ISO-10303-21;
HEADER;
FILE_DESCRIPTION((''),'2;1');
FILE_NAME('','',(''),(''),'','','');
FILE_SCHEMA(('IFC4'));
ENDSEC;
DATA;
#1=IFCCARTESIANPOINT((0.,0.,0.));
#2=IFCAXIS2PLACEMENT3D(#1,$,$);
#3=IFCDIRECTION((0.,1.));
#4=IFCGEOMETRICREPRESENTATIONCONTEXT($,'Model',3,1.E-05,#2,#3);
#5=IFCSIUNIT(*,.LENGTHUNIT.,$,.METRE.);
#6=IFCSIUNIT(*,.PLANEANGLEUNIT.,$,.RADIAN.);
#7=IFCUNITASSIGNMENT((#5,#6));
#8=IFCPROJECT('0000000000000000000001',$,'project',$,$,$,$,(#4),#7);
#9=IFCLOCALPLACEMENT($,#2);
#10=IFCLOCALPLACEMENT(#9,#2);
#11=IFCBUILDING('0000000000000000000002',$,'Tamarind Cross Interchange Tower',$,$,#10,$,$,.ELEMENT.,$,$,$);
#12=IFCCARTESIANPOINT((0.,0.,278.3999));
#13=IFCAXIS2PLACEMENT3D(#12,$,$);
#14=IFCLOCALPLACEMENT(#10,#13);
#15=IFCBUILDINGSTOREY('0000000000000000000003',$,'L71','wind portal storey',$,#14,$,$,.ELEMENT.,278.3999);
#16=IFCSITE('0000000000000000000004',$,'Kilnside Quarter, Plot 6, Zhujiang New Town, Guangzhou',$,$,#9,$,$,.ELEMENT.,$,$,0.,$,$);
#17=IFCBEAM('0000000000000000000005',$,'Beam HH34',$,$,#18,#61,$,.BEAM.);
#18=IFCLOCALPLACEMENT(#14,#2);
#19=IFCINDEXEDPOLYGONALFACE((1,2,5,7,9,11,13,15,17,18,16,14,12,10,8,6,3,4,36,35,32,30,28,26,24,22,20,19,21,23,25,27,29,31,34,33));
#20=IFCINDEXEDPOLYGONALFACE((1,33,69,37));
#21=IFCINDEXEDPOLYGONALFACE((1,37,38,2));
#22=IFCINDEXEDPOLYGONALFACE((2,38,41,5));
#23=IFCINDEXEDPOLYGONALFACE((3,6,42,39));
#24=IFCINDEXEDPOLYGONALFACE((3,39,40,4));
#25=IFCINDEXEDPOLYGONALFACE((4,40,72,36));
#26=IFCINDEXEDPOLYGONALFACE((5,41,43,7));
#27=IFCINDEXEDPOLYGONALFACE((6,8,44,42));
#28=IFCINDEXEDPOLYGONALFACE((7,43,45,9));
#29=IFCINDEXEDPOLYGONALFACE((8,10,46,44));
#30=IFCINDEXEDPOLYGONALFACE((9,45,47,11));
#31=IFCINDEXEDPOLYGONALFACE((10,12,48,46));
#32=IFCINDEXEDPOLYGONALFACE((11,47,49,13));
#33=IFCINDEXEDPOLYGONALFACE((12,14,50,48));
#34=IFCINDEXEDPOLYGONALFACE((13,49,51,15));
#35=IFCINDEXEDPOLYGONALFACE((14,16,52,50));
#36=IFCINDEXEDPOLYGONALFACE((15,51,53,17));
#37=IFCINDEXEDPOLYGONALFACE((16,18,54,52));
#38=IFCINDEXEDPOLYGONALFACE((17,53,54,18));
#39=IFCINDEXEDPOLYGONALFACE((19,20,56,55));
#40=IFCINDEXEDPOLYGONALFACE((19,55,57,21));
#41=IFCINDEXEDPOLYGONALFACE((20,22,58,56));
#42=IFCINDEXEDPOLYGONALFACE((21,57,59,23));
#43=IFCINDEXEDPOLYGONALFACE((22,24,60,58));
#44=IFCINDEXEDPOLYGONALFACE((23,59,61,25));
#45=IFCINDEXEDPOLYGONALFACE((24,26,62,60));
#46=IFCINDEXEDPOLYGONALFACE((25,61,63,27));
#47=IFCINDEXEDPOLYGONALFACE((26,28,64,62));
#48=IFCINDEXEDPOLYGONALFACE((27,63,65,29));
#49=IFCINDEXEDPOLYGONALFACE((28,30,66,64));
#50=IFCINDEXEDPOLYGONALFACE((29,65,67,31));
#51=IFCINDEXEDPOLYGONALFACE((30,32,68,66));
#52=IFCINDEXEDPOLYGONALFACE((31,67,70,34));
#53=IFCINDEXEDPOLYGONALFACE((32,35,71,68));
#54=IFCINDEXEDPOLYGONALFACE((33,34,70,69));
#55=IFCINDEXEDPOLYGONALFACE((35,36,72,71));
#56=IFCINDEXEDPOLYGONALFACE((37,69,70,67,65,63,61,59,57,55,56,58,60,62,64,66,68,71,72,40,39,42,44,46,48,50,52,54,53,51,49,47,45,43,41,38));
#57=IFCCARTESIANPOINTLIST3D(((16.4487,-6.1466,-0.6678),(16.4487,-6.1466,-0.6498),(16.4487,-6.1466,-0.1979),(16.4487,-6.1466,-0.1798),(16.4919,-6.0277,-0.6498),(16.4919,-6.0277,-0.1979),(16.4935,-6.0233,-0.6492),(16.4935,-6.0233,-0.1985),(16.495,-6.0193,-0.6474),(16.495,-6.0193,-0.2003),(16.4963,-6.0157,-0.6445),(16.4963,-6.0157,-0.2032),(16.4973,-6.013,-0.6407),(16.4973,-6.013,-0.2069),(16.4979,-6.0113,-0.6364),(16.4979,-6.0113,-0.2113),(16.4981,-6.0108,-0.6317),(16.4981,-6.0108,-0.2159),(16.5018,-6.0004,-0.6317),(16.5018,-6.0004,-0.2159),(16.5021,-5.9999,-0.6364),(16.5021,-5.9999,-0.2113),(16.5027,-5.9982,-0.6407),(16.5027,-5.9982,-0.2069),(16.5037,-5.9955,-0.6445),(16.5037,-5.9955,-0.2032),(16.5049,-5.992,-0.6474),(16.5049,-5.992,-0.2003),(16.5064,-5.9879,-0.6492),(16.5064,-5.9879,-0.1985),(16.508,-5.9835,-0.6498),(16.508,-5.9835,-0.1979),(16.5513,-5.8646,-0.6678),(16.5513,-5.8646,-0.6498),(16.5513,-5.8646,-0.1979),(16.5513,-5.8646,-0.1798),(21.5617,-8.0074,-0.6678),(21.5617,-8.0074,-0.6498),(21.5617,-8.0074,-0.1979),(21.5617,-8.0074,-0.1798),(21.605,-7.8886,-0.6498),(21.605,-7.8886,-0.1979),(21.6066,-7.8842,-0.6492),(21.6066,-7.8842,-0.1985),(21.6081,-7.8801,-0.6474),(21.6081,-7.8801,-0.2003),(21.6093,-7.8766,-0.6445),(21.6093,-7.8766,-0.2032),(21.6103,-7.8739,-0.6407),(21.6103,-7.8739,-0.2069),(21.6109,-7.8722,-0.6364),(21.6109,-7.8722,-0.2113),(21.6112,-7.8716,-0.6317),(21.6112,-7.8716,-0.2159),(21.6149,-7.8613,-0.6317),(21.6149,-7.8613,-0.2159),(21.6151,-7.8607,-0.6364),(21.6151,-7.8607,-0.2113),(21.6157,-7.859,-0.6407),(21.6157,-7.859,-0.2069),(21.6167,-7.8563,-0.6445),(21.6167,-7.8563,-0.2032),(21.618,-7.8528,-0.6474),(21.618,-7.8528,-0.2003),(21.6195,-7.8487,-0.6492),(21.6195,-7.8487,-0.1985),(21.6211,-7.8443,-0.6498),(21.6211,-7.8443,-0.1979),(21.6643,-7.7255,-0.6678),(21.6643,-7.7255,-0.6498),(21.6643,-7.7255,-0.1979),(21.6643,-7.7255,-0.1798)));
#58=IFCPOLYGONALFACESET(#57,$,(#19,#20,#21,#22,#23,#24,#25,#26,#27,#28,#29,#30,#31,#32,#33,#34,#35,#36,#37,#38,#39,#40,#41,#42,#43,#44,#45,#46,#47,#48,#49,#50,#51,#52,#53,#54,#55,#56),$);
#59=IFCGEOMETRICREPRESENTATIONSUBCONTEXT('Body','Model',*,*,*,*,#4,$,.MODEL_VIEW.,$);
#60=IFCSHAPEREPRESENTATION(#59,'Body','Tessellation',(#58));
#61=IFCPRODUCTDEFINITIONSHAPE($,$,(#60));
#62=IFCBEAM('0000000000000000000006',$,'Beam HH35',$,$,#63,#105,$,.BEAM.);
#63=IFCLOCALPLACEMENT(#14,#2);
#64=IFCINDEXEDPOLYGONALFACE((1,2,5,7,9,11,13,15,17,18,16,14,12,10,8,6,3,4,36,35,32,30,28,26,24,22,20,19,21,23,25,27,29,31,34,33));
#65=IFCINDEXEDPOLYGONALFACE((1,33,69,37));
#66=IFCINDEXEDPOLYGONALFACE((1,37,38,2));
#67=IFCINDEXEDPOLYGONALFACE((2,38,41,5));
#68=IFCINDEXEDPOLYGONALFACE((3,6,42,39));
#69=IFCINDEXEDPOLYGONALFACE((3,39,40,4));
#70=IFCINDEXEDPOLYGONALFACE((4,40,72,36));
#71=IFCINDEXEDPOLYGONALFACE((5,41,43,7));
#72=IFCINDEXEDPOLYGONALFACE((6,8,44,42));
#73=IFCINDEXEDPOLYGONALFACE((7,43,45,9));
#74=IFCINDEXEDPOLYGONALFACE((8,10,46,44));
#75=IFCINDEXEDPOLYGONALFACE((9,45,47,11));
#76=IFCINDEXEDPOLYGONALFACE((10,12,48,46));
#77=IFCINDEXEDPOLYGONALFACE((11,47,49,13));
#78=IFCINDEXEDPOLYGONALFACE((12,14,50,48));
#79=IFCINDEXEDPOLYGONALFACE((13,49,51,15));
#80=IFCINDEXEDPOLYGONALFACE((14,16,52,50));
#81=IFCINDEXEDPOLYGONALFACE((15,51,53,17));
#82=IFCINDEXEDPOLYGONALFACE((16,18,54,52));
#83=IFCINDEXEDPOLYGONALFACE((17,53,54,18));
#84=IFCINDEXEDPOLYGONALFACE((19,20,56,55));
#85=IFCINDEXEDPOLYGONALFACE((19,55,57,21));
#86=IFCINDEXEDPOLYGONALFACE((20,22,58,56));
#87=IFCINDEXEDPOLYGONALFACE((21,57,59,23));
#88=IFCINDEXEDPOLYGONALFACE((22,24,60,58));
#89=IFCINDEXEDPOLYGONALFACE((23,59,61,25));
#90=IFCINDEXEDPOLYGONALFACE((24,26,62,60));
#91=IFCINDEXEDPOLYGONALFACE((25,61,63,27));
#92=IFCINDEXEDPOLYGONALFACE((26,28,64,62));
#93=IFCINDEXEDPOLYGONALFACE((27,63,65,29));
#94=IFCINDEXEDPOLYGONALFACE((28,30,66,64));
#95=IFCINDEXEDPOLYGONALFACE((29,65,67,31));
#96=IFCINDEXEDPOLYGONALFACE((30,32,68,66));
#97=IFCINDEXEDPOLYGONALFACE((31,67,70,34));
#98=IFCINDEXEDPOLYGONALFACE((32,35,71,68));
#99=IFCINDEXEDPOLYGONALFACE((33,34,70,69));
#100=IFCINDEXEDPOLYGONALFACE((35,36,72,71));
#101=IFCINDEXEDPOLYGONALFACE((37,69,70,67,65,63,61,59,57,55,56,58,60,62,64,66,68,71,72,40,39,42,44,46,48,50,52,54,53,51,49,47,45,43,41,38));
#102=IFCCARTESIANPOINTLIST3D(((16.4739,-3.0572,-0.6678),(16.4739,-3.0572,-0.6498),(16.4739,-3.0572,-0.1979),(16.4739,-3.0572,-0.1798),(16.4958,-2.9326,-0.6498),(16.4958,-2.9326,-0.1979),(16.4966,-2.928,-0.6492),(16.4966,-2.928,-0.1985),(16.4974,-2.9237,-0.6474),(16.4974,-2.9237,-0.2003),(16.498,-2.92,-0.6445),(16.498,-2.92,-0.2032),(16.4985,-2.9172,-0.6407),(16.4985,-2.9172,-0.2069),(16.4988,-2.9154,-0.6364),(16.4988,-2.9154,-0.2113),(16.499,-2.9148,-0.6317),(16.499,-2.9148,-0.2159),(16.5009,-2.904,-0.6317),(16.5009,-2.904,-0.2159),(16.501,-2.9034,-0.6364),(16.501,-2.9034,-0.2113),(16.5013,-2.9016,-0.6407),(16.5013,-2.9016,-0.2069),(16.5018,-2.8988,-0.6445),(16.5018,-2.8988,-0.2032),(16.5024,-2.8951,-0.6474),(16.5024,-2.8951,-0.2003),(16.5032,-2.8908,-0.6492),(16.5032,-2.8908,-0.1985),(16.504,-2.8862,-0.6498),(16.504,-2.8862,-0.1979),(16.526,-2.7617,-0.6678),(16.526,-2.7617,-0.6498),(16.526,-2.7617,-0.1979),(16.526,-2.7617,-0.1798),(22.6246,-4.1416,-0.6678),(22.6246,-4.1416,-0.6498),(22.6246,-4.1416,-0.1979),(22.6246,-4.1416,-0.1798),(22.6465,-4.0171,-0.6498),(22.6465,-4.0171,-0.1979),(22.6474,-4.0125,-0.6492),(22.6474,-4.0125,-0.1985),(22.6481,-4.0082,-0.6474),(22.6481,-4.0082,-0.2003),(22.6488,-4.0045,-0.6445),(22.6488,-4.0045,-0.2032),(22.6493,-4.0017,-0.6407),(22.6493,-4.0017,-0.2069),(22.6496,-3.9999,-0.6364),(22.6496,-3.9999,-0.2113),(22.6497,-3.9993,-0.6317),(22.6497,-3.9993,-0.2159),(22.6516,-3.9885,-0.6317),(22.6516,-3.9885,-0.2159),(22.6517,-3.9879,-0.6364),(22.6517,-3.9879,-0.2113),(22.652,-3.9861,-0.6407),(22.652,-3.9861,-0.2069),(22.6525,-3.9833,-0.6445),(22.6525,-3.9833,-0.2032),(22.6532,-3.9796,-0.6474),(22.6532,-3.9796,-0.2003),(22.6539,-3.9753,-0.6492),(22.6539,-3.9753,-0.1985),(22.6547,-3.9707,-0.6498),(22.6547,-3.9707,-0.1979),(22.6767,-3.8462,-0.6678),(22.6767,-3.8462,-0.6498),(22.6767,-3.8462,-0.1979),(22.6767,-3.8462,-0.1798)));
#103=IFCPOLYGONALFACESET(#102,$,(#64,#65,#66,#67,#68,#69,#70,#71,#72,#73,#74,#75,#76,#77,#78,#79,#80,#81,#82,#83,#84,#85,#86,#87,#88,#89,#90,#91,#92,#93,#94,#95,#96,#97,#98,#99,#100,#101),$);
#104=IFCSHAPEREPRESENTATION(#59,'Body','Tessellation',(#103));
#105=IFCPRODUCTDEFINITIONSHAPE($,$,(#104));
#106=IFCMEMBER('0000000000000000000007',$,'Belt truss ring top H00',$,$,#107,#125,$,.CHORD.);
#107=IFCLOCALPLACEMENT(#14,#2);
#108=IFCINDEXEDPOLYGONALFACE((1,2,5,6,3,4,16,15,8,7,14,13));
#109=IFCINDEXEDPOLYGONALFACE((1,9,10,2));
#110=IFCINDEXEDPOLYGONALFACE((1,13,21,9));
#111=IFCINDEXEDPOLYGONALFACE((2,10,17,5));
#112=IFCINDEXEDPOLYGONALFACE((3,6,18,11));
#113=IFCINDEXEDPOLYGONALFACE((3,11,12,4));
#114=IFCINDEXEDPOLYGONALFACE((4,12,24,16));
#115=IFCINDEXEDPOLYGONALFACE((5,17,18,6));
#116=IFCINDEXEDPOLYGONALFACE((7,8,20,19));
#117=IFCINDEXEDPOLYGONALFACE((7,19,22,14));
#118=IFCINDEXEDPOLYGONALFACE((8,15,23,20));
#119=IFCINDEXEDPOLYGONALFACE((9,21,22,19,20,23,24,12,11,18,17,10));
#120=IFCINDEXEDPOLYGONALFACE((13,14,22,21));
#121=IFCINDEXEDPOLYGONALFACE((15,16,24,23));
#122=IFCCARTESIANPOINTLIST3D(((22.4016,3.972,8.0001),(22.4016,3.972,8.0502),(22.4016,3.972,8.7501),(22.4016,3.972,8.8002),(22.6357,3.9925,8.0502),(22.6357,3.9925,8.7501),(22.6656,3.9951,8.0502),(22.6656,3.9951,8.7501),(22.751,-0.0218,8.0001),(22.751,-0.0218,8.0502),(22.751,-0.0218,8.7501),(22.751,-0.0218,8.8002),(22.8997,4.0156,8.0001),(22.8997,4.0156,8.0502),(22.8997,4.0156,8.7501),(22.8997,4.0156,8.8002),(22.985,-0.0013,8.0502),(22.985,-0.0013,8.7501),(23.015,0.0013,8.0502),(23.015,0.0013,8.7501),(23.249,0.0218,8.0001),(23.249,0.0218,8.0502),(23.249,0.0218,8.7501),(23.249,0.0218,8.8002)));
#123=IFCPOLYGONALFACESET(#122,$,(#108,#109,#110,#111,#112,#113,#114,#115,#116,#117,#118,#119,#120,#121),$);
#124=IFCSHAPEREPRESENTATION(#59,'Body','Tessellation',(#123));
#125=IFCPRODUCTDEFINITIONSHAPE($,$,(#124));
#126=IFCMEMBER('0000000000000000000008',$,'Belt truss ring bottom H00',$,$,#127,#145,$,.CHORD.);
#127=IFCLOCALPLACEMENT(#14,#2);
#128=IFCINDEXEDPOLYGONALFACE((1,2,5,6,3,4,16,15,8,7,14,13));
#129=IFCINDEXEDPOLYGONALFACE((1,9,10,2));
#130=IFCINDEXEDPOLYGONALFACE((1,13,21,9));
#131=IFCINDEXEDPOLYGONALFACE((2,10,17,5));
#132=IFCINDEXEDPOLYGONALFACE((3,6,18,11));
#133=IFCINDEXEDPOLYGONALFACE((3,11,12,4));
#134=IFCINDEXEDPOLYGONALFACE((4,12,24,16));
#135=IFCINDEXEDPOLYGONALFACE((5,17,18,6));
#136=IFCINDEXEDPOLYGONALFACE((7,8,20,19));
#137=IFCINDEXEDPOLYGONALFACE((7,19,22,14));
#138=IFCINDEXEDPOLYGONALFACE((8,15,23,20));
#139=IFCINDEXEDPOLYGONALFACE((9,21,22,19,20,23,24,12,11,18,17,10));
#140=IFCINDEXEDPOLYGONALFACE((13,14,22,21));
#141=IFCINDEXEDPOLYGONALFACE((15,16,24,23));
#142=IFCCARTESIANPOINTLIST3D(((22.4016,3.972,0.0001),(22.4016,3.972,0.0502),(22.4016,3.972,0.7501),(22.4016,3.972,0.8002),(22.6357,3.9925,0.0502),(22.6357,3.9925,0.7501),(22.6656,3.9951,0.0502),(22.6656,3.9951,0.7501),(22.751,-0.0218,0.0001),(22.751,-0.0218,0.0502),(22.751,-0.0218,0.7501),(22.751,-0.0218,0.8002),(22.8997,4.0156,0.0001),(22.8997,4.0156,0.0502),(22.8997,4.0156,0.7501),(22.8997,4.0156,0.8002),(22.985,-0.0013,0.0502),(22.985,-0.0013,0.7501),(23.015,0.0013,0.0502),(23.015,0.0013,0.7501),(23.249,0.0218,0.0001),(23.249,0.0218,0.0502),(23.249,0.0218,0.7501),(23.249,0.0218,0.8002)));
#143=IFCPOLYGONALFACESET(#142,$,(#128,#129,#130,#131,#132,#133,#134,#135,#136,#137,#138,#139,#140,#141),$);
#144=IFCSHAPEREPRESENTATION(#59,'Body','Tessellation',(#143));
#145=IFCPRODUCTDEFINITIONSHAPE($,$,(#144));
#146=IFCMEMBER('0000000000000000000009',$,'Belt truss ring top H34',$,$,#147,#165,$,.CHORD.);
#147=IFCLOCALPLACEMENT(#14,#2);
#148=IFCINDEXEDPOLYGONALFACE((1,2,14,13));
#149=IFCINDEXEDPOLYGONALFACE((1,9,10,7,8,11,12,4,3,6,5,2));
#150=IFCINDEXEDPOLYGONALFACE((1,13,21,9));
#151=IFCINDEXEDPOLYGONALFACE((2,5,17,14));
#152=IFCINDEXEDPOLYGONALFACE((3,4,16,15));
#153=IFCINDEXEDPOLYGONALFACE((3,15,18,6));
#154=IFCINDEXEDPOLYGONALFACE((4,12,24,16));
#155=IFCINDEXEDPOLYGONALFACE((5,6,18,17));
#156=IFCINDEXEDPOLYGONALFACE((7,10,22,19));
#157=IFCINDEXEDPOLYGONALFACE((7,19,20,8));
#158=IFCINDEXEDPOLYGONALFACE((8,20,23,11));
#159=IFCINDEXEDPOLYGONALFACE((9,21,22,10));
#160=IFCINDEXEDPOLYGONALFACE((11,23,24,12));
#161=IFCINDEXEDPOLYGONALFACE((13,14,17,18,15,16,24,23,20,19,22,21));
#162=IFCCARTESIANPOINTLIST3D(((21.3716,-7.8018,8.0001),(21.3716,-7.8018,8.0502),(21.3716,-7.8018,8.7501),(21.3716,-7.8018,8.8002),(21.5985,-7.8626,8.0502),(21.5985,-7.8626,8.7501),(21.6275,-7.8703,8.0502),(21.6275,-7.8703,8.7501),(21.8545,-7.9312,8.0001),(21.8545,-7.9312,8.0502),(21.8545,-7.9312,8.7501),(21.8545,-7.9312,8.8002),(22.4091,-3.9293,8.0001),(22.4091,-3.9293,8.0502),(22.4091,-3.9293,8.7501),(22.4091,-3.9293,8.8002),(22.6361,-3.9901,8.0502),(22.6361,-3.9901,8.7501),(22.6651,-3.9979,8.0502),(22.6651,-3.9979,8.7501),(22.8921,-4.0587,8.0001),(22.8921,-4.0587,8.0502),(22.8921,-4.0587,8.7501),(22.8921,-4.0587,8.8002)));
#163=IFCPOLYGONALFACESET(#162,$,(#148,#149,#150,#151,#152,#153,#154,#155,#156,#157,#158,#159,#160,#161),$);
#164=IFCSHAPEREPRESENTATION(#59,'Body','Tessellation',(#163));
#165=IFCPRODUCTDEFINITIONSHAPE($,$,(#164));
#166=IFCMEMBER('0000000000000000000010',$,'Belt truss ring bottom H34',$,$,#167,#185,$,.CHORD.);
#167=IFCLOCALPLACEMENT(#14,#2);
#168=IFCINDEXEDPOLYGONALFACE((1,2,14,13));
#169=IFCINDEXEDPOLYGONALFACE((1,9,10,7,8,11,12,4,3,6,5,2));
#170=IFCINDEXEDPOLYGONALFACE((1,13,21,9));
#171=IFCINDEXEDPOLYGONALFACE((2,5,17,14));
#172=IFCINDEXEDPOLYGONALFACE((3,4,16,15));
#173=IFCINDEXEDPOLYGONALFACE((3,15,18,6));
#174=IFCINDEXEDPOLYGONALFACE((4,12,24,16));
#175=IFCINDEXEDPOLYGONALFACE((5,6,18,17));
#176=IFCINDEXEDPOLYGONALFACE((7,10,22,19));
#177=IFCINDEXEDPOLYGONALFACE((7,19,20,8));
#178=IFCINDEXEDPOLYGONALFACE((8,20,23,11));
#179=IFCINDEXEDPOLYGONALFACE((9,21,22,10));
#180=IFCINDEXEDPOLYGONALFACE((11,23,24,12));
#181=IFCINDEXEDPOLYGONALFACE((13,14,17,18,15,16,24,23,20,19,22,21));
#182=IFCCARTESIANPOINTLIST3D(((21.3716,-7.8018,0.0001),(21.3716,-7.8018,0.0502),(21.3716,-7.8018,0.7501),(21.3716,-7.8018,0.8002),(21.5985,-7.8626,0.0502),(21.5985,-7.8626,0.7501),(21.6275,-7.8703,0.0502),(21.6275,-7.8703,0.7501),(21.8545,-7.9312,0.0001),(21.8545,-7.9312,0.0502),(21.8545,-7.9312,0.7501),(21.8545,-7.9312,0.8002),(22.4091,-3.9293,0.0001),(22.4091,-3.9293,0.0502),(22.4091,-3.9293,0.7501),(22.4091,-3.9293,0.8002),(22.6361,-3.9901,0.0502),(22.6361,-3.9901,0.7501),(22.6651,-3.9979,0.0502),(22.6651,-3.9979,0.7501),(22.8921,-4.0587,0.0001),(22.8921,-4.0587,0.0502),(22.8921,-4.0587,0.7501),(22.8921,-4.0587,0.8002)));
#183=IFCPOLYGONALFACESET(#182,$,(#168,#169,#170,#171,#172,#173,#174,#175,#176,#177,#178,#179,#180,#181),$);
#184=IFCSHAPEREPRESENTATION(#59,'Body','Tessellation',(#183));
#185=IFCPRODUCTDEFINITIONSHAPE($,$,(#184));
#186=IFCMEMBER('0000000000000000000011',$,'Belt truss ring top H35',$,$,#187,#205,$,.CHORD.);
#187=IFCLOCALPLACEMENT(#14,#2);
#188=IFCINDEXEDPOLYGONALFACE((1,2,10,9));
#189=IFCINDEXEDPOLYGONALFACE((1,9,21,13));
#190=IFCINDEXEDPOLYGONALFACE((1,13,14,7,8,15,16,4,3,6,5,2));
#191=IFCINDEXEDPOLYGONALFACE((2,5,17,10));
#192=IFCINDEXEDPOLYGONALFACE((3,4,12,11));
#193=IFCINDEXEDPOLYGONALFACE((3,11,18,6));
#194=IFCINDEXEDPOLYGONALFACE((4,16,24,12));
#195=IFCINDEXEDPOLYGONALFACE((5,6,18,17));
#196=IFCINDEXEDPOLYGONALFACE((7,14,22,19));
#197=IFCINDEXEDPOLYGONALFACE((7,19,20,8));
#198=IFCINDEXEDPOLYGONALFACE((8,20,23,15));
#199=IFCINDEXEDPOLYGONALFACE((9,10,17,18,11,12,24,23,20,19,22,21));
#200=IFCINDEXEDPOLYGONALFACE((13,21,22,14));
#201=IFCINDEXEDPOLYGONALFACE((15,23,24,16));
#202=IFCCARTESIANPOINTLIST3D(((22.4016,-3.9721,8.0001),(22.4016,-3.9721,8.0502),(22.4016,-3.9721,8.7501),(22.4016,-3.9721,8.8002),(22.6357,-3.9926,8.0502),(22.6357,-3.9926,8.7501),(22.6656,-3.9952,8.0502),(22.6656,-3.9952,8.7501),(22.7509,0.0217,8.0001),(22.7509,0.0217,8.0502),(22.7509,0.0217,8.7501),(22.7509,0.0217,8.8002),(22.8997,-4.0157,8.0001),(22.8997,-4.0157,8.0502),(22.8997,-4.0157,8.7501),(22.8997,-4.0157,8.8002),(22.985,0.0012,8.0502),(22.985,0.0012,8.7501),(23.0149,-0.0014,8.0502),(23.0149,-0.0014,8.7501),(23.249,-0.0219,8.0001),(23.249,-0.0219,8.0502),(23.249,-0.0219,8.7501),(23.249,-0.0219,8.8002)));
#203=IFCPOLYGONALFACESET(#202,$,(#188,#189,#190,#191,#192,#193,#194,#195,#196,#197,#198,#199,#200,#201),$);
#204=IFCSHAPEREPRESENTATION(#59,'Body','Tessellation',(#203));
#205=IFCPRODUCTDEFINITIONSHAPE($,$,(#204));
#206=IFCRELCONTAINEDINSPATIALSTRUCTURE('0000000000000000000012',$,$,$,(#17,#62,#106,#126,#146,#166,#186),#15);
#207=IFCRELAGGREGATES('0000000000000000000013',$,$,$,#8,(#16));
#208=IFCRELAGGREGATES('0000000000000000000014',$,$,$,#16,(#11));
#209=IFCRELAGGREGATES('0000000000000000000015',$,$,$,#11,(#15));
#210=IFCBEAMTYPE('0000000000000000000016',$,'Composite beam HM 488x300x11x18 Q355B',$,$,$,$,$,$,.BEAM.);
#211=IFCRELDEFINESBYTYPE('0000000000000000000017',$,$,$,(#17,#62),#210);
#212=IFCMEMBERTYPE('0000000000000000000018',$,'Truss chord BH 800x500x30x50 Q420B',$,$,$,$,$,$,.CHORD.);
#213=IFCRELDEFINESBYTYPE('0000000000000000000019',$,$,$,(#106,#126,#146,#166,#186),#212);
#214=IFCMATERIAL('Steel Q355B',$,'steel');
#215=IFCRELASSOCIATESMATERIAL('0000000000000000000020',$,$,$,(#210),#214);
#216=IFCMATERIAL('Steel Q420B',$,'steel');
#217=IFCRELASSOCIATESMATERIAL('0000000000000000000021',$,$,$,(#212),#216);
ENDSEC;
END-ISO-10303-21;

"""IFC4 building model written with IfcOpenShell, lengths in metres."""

from ifc_helpers import new_model, si_unit, direction, frame, origin, origin_2d, place, context, subcontext, project, spatial, i_section, extrude, material, material_profile, profile_set, type_object, element, save


model = new_model("IFC4")

# Units and contexts
model_context = context("Model", 3, precision=1e-05, world=origin(), true_north=direction((0.0, 1.0)))
body_context = subcontext(model_context, "Body", "Model", "MODEL_VIEW")
ifc_project = project(units=[si_unit("LENGTHUNIT", "METRE"), si_unit("PLANEANGLEUNIT", "RADIAN")], contexts=[model_context])

# Site, building, storey
site_placement = place(None, origin())
site = spatial("IfcSite", under=ifc_project, at=site_placement, Name="Kilnside Quarter, Plot 6, Zhujiang New Town, Guangzhou", CompositionType="ELEMENT", RefElevation=0.0)
building_placement = place(site_placement, origin())
building = spatial("IfcBuilding", under=site, at=building_placement, Name="Tamarind Cross Interchange Tower", CompositionType="ELEMENT")
storey_placement = place(building_placement, frame((0.0, 0.0, 278.3999)))
storey = spatial("IfcBuildingStorey", under=building, at=storey_placement, Name="L71", Description="wind portal storey", CompositionType="ELEMENT", Elevation=278.3999)

# Beams
ifc_material_1 = material(Name="Steel Q355B", Category="steel")
ifc_material_profile_1 = material_profile(ifc_material_1, i_section(OverallWidth=0.3, OverallDepth=0.488, WebThickness=0.011, FlangeThickness=0.0181, FilletRadius=0.0181, at=origin_2d()), Name="HM 488x300x11x18")
ifc_profile_set_1 = profile_set([ifc_material_profile_1], Name="Steel Q355B")
beam_type = type_object("IfcBeamType", Name="Composite beam HM 488x300x11x18 Q355B", PredefinedType="BEAM", material=ifc_profile_set_1)
beam_1_placement = place(storey_placement, frame((21.613, -7.8665, -0.4238), z_axis=(-0.939702, 0.341995, 0.0), x_axis=(-0.341995, -0.939702, 0.0)))
element("IfcBeam", 1, at=beam_1_placement, inside=storey, type_object=beam_type, Name="Beam HH34", PredefinedType="BEAM", context=body_context, shape_type="SweptSolid", body=[
    extrude(i_section(OverallWidth=0.3, OverallDepth=0.488, WebThickness=0.011, FlangeThickness=0.0181, FilletRadius=0.0181, at=origin_2d()), origin(), (0.0, 0.0, 1.0), 5.4412),
])
beam_2_placement = place(storey_placement, frame((22.6506, -3.9939, -0.4238), z_axis=(-0.984809, 0.17364, 0.0), x_axis=(-0.17364, -0.984809, 0.0)))
element("IfcBeam", 2, at=beam_2_placement, inside=storey, type_object=beam_type, Name="Beam HH35", PredefinedType="BEAM", context=body_context, shape_type="SweptSolid", body=[
    extrude(i_section(OverallWidth=0.3, OverallDepth=0.488, WebThickness=0.011, FlangeThickness=0.0181, FilletRadius=0.0181, at=origin_2d()), origin(), (0.0, 0.0, 1.0), 6.2456),
])

# Members
ifc_material_2 = material(Name="Steel Q420B", Category="steel")
ifc_material_profile_2 = material_profile(ifc_material_2, i_section(OverallWidth=0.5, OverallDepth=0.8, WebThickness=0.03, FlangeThickness=0.05, at=origin_2d()), Name="BH 800x500x30x50")
ifc_profile_set_2 = profile_set([ifc_material_profile_2], Name="Steel Q420B")
member_type_1 = type_object("IfcMemberType", Name="Truss chord BH 800x500x30x50 Q420B", PredefinedType="CHORD", material=ifc_profile_set_2)
for number, where, z_axis, x_axis, name in (
    (3, (23.0, 0.0, 8.4001), (-0.087142, 0.996196, 0.0), (-0.996196, -0.087142, 0.0), "Belt truss ring top H00"),
    (4, (23.0, 0.0, 0.4001), (-0.087142, 0.996196, 0.0), (-0.996196, -0.087142, 0.0), "Belt truss ring bottom H00"),
    (5, (21.613, -7.8665, 8.4001), (0.258807, 0.965929, 0.0), (-0.965929, 0.258807, 0.0), "Belt truss ring top H34"),
    (6, (21.613, -7.8665, 0.4001), (0.258807, 0.965929, 0.0), (-0.965929, 0.258807, 0.0), "Belt truss ring bottom H34"),
    (7, (22.6506, -3.9939, 8.4001), (0.087142, 0.996196, 0.0), (-0.996196, 0.087142, 0.0), "Belt truss ring top H35"),
):
    element("IfcMember", number, at=place(storey_placement, frame(where, z_axis=z_axis, x_axis=x_axis)), inside=storey, type_object=member_type_1, Name=name, PredefinedType="CHORD", context=body_context, shape_type="SweptSolid", body=[
        extrude(i_section(OverallWidth=0.5, OverallDepth=0.8, WebThickness=0.03, FlangeThickness=0.05, at=origin_2d()), origin(), (0.0, 0.0, 1.0), 4.009),
    ])

save(model, "model.ifc")
